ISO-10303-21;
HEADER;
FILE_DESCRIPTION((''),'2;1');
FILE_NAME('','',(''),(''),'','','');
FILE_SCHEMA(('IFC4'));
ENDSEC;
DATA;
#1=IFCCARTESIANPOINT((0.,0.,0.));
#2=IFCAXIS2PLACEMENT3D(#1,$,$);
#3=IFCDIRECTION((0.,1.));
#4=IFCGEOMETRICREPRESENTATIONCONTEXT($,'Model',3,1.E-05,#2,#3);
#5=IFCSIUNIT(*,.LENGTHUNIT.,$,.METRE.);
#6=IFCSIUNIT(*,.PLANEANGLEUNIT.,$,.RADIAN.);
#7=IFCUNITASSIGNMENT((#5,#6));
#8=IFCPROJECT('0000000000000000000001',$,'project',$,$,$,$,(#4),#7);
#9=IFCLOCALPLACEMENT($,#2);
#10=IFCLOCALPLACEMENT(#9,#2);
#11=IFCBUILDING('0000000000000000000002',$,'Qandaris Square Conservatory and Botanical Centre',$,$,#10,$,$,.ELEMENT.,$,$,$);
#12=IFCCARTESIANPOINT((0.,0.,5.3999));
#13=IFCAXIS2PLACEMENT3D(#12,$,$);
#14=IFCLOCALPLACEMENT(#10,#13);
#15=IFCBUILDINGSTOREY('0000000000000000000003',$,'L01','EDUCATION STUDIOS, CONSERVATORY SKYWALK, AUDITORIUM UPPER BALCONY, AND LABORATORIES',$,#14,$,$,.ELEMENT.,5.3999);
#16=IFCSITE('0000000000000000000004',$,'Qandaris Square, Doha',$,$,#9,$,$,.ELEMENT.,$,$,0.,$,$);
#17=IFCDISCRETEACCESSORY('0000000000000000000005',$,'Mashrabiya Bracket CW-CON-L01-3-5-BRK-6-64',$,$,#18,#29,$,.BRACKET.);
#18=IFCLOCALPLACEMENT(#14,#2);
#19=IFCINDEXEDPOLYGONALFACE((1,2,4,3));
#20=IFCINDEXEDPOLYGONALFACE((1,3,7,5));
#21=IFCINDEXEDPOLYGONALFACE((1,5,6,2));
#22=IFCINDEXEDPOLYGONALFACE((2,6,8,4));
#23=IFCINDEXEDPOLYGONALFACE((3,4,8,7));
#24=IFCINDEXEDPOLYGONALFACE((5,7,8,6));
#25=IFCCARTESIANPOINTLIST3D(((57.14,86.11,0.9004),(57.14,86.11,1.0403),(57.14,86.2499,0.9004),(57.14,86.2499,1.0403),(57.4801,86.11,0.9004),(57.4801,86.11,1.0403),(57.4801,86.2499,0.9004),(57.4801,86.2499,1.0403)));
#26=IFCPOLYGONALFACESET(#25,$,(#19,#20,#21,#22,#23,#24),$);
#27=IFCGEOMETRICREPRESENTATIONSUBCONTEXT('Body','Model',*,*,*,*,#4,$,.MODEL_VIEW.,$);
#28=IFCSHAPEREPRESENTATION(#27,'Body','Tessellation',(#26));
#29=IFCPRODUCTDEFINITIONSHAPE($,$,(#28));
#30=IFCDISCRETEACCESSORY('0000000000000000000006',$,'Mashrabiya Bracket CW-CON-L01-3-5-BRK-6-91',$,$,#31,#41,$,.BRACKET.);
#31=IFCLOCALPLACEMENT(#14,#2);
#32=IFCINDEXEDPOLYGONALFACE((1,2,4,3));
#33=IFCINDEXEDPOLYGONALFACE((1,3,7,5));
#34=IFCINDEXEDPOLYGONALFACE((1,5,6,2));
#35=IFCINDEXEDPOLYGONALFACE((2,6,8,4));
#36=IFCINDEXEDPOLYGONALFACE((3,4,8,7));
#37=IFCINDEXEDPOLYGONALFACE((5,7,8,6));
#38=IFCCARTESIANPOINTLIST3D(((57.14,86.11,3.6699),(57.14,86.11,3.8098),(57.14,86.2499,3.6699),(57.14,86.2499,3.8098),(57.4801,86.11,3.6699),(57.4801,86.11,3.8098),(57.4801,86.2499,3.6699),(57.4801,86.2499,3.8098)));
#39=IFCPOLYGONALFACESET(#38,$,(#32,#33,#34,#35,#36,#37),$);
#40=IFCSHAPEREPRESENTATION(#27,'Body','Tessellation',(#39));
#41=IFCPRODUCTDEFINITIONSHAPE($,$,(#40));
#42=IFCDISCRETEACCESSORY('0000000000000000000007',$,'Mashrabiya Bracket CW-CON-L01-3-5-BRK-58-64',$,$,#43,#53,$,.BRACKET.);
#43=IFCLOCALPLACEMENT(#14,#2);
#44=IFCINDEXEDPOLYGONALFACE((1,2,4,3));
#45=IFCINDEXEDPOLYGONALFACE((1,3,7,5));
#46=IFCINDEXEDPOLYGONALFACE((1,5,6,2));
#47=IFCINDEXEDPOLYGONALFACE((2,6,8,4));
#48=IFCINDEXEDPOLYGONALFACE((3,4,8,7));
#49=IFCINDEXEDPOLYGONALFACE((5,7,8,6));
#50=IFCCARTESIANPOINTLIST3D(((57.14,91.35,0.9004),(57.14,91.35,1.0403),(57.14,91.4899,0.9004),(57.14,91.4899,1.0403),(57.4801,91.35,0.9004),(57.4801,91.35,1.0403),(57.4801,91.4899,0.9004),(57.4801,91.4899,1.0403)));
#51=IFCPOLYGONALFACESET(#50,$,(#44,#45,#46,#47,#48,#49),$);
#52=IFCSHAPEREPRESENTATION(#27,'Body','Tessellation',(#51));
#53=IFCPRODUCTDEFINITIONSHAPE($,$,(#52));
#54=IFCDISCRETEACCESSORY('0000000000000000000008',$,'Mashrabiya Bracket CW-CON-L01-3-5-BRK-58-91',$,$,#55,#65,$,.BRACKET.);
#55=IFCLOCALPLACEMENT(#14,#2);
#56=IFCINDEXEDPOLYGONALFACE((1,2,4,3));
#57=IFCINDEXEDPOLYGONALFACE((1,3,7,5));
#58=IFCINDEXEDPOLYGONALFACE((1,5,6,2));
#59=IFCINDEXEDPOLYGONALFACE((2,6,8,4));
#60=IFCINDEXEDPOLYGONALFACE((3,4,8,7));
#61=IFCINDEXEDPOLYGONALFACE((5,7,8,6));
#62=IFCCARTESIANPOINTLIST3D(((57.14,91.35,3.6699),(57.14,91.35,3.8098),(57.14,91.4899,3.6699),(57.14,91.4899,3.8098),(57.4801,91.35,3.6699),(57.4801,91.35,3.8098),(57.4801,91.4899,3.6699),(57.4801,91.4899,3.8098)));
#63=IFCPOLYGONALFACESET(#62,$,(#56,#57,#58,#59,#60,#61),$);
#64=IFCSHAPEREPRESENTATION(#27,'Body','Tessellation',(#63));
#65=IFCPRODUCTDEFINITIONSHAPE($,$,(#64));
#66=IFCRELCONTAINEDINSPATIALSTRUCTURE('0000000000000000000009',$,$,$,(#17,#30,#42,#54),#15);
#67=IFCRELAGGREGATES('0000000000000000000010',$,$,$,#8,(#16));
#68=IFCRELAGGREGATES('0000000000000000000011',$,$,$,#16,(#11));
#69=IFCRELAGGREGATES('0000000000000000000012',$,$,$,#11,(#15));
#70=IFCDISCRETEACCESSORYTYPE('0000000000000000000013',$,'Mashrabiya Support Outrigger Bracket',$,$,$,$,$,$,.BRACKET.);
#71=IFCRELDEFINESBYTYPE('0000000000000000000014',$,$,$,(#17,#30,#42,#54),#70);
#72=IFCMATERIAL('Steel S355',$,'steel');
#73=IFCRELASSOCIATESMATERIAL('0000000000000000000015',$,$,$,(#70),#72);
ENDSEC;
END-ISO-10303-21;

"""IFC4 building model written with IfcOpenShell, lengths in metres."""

from ifc_helpers import new_model, si_unit, direction, frame, origin, origin_2d, place, context, subcontext, project, spatial, rectangle, extrude, material, type_object, element, save


model = new_model("IFC4")

# Units and contexts
model_context = context("Model", 3, precision=1e-05, world=origin(), true_north=direction((0.0, 1.0)))
body_context = subcontext(model_context, "Body", "Model", "MODEL_VIEW")
ifc_project = project(units=[si_unit("LENGTHUNIT", "METRE"), si_unit("PLANEANGLEUNIT", "RADIAN")], contexts=[model_context])

# Site, building, storey
site_placement = place(None, origin())
site = spatial("IfcSite", under=ifc_project, at=site_placement, Name="Qandaris Square, Doha", CompositionType="ELEMENT", RefElevation=0.0)
building_placement = place(site_placement, origin())
building = spatial("IfcBuilding", under=site, at=building_placement, Name="Qandaris Square Conservatory and Botanical Centre", CompositionType="ELEMENT")
storey_placement = place(building_placement, frame((0.0, 0.0, 5.3999)))
storey = spatial("IfcBuildingStorey", under=building, at=storey_placement, Name="L01", Description="EDUCATION STUDIOS, CONSERVATORY SKYWALK, AUDITORIUM UPPER BALCONY, AND LABORATORIES", CompositionType="ELEMENT", Elevation=5.3999)

# Discrete accessories
ifc_material_1 = material(Name="Steel S355", Category="steel")
discrete_accessory_type = type_object("IfcDiscreteAccessoryType", Name="Mashrabiya Support Outrigger Bracket", PredefinedType="BRACKET", material=ifc_material_1)
for number, where, z_axis, x_axis, name in (
    (1, (57.3101, 86.1799, 0.9004), (0.0, 0.0, 1.0), (0.0, 1.0, 0.0), "Mashrabiya Bracket CW-CON-L01-3-5-BRK-6-64"),
    (2, (57.3101, 86.1799, 3.6699), (0.0, 0.0, 1.0), (0.0, 1.0, 0.0), "Mashrabiya Bracket CW-CON-L01-3-5-BRK-6-91"),
    (3, (57.3101, 91.4199, 0.9004), (0.0, 0.0, 1.0), (0.0, 1.0, 0.0), "Mashrabiya Bracket CW-CON-L01-3-5-BRK-58-64"),
    (4, (57.3101, 91.4199, 3.6699), (0.0, 0.0, 1.0), (0.0, 1.0, 0.0), "Mashrabiya Bracket CW-CON-L01-3-5-BRK-58-91"),
):
    element("IfcDiscreteAccessory", number, at=place(storey_placement, frame(where, z_axis=z_axis, x_axis=x_axis)), inside=storey, type_object=discrete_accessory_type, Name=name, PredefinedType="BRACKET", context=body_context, shape_type="SweptSolid", body=[
        extrude(rectangle(XDim=0.1399, YDim=0.3401, at=origin_2d()), origin(), (0.0, 0.0, 1.0), 0.1399),
    ])

save(model, "model.ifc")
